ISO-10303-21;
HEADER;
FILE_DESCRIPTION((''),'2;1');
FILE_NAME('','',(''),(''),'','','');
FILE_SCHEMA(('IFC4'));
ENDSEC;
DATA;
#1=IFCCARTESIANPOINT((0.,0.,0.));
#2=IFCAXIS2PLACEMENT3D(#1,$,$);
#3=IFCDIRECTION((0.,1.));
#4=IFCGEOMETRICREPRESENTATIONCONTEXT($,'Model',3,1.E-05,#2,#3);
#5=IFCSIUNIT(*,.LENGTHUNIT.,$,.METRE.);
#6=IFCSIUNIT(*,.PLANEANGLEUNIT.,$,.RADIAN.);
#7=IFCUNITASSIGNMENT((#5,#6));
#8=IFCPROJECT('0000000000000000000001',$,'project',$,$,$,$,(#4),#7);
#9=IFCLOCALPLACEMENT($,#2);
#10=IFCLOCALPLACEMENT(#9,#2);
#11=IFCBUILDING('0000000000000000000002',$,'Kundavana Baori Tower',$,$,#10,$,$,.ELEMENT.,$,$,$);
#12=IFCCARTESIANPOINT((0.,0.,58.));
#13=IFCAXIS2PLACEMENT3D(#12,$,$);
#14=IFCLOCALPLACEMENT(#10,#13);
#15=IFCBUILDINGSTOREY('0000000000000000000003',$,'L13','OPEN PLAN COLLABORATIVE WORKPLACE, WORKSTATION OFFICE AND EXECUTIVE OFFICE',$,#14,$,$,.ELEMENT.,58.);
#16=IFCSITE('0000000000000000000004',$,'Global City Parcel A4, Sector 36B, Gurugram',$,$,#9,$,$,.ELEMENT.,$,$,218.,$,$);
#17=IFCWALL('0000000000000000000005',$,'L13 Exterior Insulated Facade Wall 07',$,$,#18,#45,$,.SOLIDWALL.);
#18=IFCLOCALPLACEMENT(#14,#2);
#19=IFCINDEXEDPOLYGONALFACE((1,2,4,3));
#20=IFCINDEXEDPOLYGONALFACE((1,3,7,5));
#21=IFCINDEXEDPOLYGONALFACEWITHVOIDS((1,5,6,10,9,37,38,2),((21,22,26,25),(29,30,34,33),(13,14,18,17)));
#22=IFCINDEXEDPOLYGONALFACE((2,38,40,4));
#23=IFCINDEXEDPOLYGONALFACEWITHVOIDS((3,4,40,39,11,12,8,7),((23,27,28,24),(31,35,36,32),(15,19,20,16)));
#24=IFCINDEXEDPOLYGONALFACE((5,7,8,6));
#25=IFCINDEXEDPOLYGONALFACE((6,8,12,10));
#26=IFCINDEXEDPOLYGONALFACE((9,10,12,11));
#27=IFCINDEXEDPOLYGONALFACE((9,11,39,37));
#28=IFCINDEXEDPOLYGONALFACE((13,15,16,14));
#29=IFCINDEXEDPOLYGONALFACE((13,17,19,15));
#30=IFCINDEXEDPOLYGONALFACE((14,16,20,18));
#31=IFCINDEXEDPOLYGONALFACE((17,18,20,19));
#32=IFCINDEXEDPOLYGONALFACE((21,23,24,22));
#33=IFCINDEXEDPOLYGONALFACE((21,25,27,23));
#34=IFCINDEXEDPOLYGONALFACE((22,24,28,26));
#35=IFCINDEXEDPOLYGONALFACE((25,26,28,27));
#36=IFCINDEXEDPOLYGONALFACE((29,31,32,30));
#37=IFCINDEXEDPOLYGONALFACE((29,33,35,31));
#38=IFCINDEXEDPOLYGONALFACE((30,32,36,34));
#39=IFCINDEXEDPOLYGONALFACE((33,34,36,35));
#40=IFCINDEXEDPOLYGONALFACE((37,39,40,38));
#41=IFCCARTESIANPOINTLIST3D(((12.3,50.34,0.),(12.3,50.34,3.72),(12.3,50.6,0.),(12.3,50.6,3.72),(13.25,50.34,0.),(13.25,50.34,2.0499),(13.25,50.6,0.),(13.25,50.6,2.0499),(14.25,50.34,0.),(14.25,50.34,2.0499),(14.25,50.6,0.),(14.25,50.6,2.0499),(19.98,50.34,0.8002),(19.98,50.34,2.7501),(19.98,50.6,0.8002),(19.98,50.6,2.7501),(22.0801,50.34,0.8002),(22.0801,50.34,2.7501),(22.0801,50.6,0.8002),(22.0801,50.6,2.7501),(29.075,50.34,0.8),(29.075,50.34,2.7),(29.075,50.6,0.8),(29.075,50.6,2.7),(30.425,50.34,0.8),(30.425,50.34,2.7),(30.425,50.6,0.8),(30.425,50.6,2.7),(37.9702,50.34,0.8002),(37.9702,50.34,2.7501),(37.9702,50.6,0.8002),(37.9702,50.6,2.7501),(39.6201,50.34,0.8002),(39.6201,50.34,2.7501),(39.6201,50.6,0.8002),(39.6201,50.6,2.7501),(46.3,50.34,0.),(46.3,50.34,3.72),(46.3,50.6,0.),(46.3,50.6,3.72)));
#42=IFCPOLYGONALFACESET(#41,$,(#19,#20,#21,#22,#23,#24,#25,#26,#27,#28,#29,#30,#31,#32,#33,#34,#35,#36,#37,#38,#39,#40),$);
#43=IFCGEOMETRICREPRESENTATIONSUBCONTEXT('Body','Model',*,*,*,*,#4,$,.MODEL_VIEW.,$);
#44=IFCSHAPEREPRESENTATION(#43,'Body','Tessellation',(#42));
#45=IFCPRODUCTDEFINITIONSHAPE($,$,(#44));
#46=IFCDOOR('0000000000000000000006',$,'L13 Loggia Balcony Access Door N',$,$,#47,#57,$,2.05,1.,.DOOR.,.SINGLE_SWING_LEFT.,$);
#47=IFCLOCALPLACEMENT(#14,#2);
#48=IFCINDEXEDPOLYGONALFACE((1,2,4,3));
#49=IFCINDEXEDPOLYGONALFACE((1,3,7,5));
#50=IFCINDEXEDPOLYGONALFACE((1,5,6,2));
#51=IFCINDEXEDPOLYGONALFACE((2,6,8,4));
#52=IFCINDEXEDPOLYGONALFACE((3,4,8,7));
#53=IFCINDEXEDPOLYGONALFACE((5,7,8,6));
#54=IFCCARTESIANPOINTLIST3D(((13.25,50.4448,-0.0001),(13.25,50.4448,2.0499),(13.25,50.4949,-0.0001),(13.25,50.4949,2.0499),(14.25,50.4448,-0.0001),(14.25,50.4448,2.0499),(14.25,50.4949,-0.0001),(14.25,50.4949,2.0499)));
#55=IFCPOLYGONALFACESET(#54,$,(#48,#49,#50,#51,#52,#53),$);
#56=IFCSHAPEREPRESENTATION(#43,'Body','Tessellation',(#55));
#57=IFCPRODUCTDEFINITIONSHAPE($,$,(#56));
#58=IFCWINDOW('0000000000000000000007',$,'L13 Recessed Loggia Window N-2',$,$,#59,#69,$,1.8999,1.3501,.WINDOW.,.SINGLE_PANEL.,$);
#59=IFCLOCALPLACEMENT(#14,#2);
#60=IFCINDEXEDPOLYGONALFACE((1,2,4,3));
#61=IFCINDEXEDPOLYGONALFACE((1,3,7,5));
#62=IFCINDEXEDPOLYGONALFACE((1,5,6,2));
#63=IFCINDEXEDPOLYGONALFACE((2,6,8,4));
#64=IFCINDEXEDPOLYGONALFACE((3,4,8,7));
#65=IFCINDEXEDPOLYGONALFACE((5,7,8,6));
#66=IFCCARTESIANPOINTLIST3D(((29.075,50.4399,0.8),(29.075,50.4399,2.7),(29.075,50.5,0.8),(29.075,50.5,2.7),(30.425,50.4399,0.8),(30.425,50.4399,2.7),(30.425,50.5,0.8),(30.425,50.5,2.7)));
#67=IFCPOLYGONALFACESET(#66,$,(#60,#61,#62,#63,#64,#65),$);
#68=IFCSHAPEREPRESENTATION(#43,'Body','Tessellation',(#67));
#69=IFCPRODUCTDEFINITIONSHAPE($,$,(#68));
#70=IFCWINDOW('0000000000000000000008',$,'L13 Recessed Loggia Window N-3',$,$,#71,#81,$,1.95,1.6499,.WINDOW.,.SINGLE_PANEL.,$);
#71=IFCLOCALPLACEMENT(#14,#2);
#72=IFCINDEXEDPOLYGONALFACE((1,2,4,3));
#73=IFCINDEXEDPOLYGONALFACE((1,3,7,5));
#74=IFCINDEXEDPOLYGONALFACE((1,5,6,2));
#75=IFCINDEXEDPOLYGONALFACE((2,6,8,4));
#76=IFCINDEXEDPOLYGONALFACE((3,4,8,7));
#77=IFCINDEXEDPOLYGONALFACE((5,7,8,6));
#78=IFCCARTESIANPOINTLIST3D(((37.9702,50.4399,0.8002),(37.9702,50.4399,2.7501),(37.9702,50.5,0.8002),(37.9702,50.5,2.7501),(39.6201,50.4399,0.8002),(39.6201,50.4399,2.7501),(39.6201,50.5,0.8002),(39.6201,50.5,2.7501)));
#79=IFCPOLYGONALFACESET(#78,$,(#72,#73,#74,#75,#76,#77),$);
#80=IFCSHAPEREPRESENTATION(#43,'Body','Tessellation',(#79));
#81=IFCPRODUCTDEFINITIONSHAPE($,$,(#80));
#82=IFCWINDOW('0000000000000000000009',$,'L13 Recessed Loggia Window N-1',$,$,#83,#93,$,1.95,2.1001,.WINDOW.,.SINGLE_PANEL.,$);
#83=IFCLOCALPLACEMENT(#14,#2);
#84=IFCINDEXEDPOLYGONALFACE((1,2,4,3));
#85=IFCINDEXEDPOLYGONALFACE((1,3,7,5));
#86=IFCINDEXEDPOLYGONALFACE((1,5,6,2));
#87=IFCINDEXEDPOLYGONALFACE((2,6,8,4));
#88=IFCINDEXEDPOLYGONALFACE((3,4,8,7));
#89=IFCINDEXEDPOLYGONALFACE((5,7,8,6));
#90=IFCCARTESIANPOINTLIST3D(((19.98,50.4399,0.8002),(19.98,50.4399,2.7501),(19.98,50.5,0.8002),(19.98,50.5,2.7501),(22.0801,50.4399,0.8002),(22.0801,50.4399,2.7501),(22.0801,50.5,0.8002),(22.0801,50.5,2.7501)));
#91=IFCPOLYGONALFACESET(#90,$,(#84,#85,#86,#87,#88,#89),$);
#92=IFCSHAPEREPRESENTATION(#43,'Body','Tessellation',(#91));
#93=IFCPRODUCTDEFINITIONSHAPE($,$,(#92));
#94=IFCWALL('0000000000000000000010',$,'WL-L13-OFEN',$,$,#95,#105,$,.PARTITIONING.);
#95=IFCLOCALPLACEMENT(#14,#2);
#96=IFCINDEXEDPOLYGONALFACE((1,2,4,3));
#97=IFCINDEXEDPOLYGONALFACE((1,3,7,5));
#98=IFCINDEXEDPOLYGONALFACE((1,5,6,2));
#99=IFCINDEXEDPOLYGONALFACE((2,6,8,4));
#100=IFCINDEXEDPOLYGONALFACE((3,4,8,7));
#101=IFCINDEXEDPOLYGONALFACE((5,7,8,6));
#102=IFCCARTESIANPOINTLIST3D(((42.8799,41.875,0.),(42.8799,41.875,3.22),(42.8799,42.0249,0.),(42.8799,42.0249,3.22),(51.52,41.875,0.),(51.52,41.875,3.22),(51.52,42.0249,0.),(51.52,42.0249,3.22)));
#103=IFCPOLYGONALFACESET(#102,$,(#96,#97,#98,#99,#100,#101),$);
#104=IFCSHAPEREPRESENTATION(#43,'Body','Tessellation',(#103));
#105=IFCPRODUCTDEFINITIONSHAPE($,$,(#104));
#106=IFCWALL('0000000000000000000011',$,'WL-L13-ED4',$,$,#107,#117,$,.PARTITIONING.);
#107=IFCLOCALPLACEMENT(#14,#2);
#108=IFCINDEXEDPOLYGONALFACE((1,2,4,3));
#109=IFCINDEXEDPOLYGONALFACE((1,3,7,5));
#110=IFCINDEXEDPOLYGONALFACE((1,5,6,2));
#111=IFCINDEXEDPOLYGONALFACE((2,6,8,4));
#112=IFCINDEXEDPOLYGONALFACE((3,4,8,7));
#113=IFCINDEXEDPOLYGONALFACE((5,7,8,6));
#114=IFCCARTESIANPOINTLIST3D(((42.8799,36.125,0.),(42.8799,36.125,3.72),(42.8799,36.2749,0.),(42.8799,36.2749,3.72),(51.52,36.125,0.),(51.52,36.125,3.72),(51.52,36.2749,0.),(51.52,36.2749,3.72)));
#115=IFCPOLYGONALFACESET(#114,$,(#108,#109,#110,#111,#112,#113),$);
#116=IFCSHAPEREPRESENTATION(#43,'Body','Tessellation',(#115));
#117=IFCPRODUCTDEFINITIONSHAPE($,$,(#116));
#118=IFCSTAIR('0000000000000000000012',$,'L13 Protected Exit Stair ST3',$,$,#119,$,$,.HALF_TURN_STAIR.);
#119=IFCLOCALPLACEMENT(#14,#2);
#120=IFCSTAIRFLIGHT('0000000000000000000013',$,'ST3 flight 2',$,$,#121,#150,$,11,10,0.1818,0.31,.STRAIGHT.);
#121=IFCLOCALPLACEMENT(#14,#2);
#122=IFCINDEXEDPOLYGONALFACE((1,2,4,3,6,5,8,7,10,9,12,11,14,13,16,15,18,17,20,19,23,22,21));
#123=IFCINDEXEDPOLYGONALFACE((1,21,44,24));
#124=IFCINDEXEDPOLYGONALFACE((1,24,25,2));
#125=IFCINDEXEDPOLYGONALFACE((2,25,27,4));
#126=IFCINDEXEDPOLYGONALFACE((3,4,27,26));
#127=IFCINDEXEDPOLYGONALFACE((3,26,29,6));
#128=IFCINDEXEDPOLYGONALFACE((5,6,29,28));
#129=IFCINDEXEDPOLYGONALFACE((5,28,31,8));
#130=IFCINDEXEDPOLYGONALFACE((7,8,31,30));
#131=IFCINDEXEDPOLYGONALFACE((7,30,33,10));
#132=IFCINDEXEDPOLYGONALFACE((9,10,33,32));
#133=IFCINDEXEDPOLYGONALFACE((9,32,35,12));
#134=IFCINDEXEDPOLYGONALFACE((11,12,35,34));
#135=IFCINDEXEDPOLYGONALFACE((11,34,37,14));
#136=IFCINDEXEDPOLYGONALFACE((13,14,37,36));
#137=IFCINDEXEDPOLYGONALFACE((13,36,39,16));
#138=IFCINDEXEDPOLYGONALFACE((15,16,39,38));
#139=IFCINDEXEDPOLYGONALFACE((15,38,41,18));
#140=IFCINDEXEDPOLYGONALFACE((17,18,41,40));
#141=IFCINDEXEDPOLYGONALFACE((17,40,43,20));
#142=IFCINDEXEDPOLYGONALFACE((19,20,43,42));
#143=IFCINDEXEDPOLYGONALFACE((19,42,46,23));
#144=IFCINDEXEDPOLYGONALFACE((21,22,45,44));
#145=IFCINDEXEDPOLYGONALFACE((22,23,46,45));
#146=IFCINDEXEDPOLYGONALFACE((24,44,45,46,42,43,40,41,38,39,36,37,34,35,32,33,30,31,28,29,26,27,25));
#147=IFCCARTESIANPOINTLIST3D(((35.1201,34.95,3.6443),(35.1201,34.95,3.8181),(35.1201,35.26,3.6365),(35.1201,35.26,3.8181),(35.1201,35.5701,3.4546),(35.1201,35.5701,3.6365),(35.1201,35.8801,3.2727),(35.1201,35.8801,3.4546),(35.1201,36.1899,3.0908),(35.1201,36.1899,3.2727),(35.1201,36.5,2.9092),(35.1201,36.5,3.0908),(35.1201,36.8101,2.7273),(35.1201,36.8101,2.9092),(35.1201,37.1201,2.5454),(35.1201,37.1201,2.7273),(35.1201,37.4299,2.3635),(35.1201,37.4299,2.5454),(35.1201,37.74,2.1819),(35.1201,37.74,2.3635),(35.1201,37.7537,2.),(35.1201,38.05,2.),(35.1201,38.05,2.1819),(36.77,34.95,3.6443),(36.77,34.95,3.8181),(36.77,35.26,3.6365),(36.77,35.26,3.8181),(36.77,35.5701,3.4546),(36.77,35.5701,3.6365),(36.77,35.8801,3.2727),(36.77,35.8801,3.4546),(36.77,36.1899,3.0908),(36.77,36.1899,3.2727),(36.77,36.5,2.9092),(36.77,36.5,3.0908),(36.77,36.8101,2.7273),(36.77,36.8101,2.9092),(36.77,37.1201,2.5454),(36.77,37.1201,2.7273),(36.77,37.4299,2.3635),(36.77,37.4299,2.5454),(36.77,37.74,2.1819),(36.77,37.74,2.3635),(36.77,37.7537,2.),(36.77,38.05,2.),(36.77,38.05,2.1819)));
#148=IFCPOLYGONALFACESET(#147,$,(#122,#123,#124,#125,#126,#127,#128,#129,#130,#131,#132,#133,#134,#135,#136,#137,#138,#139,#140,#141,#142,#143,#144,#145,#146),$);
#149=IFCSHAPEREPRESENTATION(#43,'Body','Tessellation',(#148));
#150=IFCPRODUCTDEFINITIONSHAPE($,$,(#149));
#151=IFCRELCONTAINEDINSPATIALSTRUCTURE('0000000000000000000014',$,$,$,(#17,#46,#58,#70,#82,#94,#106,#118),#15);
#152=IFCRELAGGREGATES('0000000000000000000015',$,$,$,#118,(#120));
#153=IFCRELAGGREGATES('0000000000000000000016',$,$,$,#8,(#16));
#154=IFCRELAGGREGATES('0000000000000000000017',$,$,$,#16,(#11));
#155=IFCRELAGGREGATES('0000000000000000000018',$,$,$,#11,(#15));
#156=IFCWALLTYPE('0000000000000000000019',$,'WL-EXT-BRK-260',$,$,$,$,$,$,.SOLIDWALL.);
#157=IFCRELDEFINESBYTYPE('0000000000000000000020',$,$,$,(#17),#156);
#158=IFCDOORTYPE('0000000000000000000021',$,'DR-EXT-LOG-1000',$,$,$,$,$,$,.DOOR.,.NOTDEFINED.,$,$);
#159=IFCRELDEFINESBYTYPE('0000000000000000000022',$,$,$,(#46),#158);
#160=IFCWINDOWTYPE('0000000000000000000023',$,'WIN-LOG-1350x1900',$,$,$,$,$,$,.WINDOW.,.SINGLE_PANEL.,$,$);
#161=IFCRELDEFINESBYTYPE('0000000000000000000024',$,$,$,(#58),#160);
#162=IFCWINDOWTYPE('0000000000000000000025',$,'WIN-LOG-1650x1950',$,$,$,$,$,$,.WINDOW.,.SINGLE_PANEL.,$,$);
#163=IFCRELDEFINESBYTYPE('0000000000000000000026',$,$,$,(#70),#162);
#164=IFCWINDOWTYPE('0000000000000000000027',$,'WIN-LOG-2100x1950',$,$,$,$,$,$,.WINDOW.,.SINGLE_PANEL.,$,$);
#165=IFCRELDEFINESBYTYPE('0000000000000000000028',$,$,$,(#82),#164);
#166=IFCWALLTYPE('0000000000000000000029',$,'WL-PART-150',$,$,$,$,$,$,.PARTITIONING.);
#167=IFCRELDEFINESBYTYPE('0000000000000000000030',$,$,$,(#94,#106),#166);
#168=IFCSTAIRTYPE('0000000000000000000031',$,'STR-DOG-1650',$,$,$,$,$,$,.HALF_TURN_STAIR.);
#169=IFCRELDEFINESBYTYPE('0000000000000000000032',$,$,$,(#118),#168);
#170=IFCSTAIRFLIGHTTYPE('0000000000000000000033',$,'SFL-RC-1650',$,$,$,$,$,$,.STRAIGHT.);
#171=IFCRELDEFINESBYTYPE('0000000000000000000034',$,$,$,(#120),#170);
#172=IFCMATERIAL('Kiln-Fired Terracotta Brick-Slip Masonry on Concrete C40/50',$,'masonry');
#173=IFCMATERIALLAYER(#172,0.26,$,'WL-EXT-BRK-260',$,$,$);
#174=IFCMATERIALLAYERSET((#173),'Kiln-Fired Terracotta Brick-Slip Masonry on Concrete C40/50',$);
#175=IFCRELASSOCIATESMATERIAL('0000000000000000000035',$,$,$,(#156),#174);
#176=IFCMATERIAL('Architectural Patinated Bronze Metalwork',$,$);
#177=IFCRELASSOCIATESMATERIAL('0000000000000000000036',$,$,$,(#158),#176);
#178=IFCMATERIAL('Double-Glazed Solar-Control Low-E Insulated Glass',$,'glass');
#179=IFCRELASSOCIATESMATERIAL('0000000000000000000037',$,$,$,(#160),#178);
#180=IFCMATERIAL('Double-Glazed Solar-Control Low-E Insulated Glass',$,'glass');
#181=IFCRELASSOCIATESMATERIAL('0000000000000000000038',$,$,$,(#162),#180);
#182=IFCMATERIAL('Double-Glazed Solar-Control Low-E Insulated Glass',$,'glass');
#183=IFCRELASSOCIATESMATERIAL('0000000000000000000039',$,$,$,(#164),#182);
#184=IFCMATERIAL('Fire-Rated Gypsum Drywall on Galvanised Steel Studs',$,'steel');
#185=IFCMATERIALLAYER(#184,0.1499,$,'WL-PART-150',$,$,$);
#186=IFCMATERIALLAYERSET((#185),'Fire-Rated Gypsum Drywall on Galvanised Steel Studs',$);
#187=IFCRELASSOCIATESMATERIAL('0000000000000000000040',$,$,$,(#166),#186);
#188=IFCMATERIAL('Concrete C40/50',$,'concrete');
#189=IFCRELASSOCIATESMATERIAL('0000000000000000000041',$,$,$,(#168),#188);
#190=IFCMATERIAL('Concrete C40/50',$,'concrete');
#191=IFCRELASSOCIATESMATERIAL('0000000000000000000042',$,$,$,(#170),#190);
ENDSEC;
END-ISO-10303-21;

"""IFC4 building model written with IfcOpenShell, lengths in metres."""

from ifc_helpers import new_model, si_unit, direction, frame, frame_2d, origin, place, context, subcontext, project, spatial, polyline, rectangle, outline, extrude, material, layer, layer_set, type_object, element, fill, aggregate, save


model = new_model("IFC4")

# Units and contexts
model_context = context("Model", 3, precision=1e-05, world=origin(), true_north=direction((0.0, 1.0)))
body_context = subcontext(model_context, "Body", "Model", "MODEL_VIEW")
ifc_project = project(units=[si_unit("LENGTHUNIT", "METRE"), si_unit("PLANEANGLEUNIT", "RADIAN")], contexts=[model_context])

# Site, building, storey
site_placement = place(None, origin())
site = spatial("IfcSite", under=ifc_project, at=site_placement, Name="Global City Parcel A4, Sector 36B, Gurugram", CompositionType="ELEMENT", RefElevation=218.0)
building_placement = place(site_placement, origin())
building = spatial("IfcBuilding", under=site, at=building_placement, Name="Kundavana Baori Tower", CompositionType="ELEMENT")
storey_placement = place(building_placement, frame((0.0, 0.0, 58.0)))
storey = spatial("IfcBuildingStorey", under=building, at=storey_placement, Name="L13", Description="OPEN PLAN COLLABORATIVE WORKPLACE, WORKSTATION OFFICE AND EXECUTIVE OFFICE", CompositionType="ELEMENT", Elevation=58.0)

# Shared definitions
ifc_material_1 = material(Name="Kiln-Fired Terracotta Brick-Slip Masonry on Concrete C40/50", Category="masonry")
ifc_layer_1 = layer(ifc_material_1, 0.26, Name="WL-EXT-BRK-260")
ifc_layer_set_1 = layer_set([ifc_layer_1], Name="Kiln-Fired Terracotta Brick-Slip Masonry on Concrete C40/50")
wall_type_1 = type_object("IfcWallType", Name="WL-EXT-BRK-260", PredefinedType="SOLIDWALL", material=ifc_layer_set_1)

# Wall, openings, door, windows
wall_1_placement = place(storey_placement, frame((46.3, 50.47, 0.0), z_axis=(0.0, 0.0, 1.0), x_axis=(-1.0, 0.0, 0.0)))
wall_1 = element("IfcWall", 1, at=wall_1_placement, inside=storey, type_object=wall_type_1, Name="L13 Exterior Insulated Facade Wall 07", PredefinedType="SOLIDWALL", context=body_context, shape_type="SweptSolid", body=[
    extrude(rectangle(XDim=34.0, YDim=0.26, at=frame_2d((17.0, 0.0))), origin(), (0.0, 0.0, 1.0), 3.72),
])
opening_1_placement = place(wall_1_placement, frame((32.05, 0.0, 0.0)))
opening_1 = element("IfcOpeningElement", 2, at=opening_1_placement, cuts=wall_1, PredefinedType="OPENING", context=body_context, shape_type="SweptSolid", body=[
    extrude(rectangle(XDim=1.0, YDim=2.05, at=frame_2d((0.5, 1.0249))), frame((0.0, 0.1401, 0.0), z_axis=(0.0, -1.0, 0.0), x_axis=(1.0, 0.0, 0.0)), (0.0, 0.0, 1.0), 0.28),
])
opening_2_placement = place(wall_1_placement, frame((24.22, 0.0, 0.8)))
opening_2 = element("IfcOpeningElement", 3, at=opening_2_placement, cuts=wall_1, PredefinedType="OPENING", context=body_context, shape_type="SweptSolid", body=[
    extrude(rectangle(XDim=2.1001, YDim=1.95, at=frame_2d((1.05, 0.9751))), frame((0.0, 0.1401, 0.0), z_axis=(0.0, -1.0, 0.0), x_axis=(1.0, 0.0, 0.0)), (0.0, 0.0, 1.0), 0.28),
])
opening_3_placement = place(wall_1_placement, frame((15.875, 0.0, 0.8)))
opening_3 = element("IfcOpeningElement", 4, at=opening_3_placement, cuts=wall_1, PredefinedType="OPENING", context=body_context, shape_type="SweptSolid", body=[
    extrude(rectangle(XDim=1.3501, YDim=1.8999, at=frame_2d((0.675, 0.95))), frame((0.0, 0.1401, 0.0), z_axis=(0.0, -1.0, 0.0), x_axis=(1.0, 0.0, 0.0)), (0.0, 0.0, 1.0), 0.28),
])
opening_4_placement = place(wall_1_placement, frame((6.6799, 0.0, 0.8)))
opening_4 = element("IfcOpeningElement", 5, at=opening_4_placement, cuts=wall_1, PredefinedType="OPENING", context=body_context, shape_type="SweptSolid", body=[
    extrude(rectangle(XDim=1.6499, YDim=1.95, at=frame_2d((0.825, 0.9751))), frame((0.0, 0.1401, 0.0), z_axis=(0.0, -1.0, 0.0), x_axis=(1.0, 0.0, 0.0)), (0.0, 0.0, 1.0), 0.28),
])
ifc_material_2 = material(Name="Architectural Patinated Bronze Metalwork")
door_type = type_object("IfcDoorType", Name="DR-EXT-LOG-1000", OperationType="NOTDEFINED", PredefinedType="DOOR", material=ifc_material_2)
door_placement = place(opening_1_placement, frame((1.0, 0.0, 0.0), z_axis=(0.0, 0.0, 1.0), x_axis=(-1.0, 0.0, 0.0)))
door = element("IfcDoor", 6, at=door_placement, inside=storey, type_object=door_type, Name="L13 Loggia Balcony Access Door N", OperationType="SINGLE_SWING_LEFT", OverallHeight=2.05, OverallWidth=1.0, PredefinedType="DOOR", context=body_context, shape_type="SweptSolid", body=[
    extrude(rectangle(XDim=1.0, YDim=2.05, at=frame_2d((0.5, 1.0249))), frame((0.0, 0.0249, 0.0), z_axis=(0.0, -1.0, 0.0), x_axis=(1.0, 0.0, 0.0)), (0.0, 0.0, 1.0), 0.05),
])
fill(opening_1, door)
ifc_material_3 = material(Name="Double-Glazed Solar-Control Low-E Insulated Glass", Category="glass")
window_type_1 = type_object("IfcWindowType", Name="WIN-LOG-1350x1900", PartitioningType="SINGLE_PANEL", PredefinedType="WINDOW", material=ifc_material_3)
window_1_placement = place(opening_3_placement, origin())
window_1 = element("IfcWindow", 7, at=window_1_placement, inside=storey, type_object=window_type_1, Name="L13 Recessed Loggia Window N-2", OverallHeight=1.8999, OverallWidth=1.3501, PartitioningType="SINGLE_PANEL", PredefinedType="WINDOW", context=body_context, shape_type="SweptSolid", body=[
    extrude(rectangle(XDim=1.3501, YDim=1.8999, at=frame_2d((0.675, 0.95))), frame((0.0, 0.03, 0.0), z_axis=(0.0, -1.0, 0.0), x_axis=(1.0, 0.0, 0.0)), (0.0, 0.0, 1.0), 0.0601),
])
fill(opening_3, window_1)
ifc_material_4 = material(Name="Double-Glazed Solar-Control Low-E Insulated Glass", Category="glass")
window_type_2 = type_object("IfcWindowType", Name="WIN-LOG-1650x1950", PartitioningType="SINGLE_PANEL", PredefinedType="WINDOW", material=ifc_material_4)
window_2_placement = place(opening_4_placement, origin())
window_2 = element("IfcWindow", 8, at=window_2_placement, inside=storey, type_object=window_type_2, Name="L13 Recessed Loggia Window N-3", OverallHeight=1.95, OverallWidth=1.6499, PartitioningType="SINGLE_PANEL", PredefinedType="WINDOW", context=body_context, shape_type="SweptSolid", body=[
    extrude(rectangle(XDim=1.6499, YDim=1.95, at=frame_2d((0.825, 0.9751))), frame((0.0, 0.03, 0.0), z_axis=(0.0, -1.0, 0.0), x_axis=(1.0, 0.0, 0.0)), (0.0, 0.0, 1.0), 0.0601),
])
fill(opening_4, window_2)
ifc_material_5 = material(Name="Double-Glazed Solar-Control Low-E Insulated Glass", Category="glass")
window_type_3 = type_object("IfcWindowType", Name="WIN-LOG-2100x1950", PartitioningType="SINGLE_PANEL", PredefinedType="WINDOW", material=ifc_material_5)
window_3_placement = place(opening_2_placement, origin())
window_3 = element("IfcWindow", 9, at=window_3_placement, inside=storey, type_object=window_type_3, Name="L13 Recessed Loggia Window N-1", OverallHeight=1.95, OverallWidth=2.1001, PartitioningType="SINGLE_PANEL", PredefinedType="WINDOW", context=body_context, shape_type="SweptSolid", body=[
    extrude(rectangle(XDim=2.1001, YDim=1.95, at=frame_2d((1.05, 0.9751))), frame((0.0, 0.03, 0.0), z_axis=(0.0, -1.0, 0.0), x_axis=(1.0, 0.0, 0.0)), (0.0, 0.0, 1.0), 0.0601),
])
fill(opening_2, window_3)

# Walls
ifc_material_6 = material(Name="Fire-Rated Gypsum Drywall on Galvanised Steel Studs", Category="steel")
ifc_layer_2 = layer(ifc_material_6, 0.1499, Name="WL-PART-150")
ifc_layer_set_2 = layer_set([ifc_layer_2], Name="Fire-Rated Gypsum Drywall on Galvanised Steel Studs")
wall_type_2 = type_object("IfcWallType", Name="WL-PART-150", PredefinedType="PARTITIONING", material=ifc_layer_set_2)
wall_2_placement = place(storey_placement, frame((42.8799, 41.95, 0.0), z_axis=(0.0, 0.0, 1.0), x_axis=(1.0, 0.0, 0.0)))
element("IfcWall", 10, at=wall_2_placement, inside=storey, type_object=wall_type_2, Name="WL-L13-OFEN", PredefinedType="PARTITIONING", context=body_context, shape_type="SweptSolid", body=[
    extrude(rectangle(XDim=8.6401, YDim=0.1499, at=frame_2d((4.3201, 0.0))), origin(), (0.0, 0.0, 1.0), 3.22),
])
wall_3_placement = place(storey_placement, frame((42.8799, 36.2, 0.0), z_axis=(0.0, 0.0, 1.0), x_axis=(1.0, 0.0, 0.0)))
element("IfcWall", 11, at=wall_3_placement, inside=storey, type_object=wall_type_2, Name="WL-L13-ED4", PredefinedType="PARTITIONING", context=body_context, shape_type="SweptSolid", body=[
    extrude(rectangle(XDim=8.6401, YDim=0.1499, at=frame_2d((4.3201, 0.0))), origin(), (0.0, 0.0, 1.0), 3.72),
])

# Stair, stair flight
ifc_material_7 = material(Name="Concrete C40/50", Category="concrete")
stair_type = type_object("IfcStairType", Name="STR-DOG-1650", PredefinedType="HALF_TURN_STAIR", material=ifc_material_7)
stair_placement = place(storey_placement, origin())
stair = element("IfcStair", 12, at=stair_placement, inside=storey, type_object=stair_type, Name="L13 Protected Exit Stair ST3", PredefinedType="HALF_TURN_STAIR")
ifc_material_8 = material(Name="Concrete C40/50", Category="concrete")
stair_flight_type = type_object("IfcStairFlightType", Name="SFL-RC-1650", PredefinedType="STRAIGHT", material=ifc_material_8)
stair_flight_placement = place(storey_placement, frame((35.9451, 38.05, 2.0), z_axis=(0.0, 0.0, 1.0), x_axis=(0.0, -1.0, 0.0)))
stair_flight = element("IfcStairFlight", 13, at=stair_flight_placement, type_object=stair_flight_type, Name="ST3 flight 2", NumberOfRisers=11, NumberOfTreads=10, PredefinedType="STRAIGHT", RiserHeight=0.1818, TreadLength=0.31, context=body_context, shape_type="SweptSolid", body=[
    extrude(outline(polyline([(0.0, 0.0), (0.0, 0.1819), (0.3101, 0.1819), (0.3101, 0.3635), (0.6201, 0.3635), (0.6201, 0.5454), (0.9299, 0.5454), (0.9299, 0.7273), (1.24, 0.7273), (1.24, 0.9092), (1.55, 0.9092), (1.55, 1.0908), (1.8601, 1.0908), (1.8601, 1.2727), (2.1699, 1.2727), (2.1699, 1.4546), (2.48, 1.4546), (2.48, 1.6365), (2.79, 1.6365), (2.79, 1.8181), (3.1001, 1.8181), (3.1001, 2.0), (3.1001, 1.6443), (0.2964, 0.0), (0.0, 0.0)])), frame((0.0, 0.825, 0.0), z_axis=(0.0, -1.0, 0.0), x_axis=(1.0, 0.0, 0.0)), (0.0, 0.0, 1.0), 1.6499),
])
aggregate(stair, [stair_flight])

save(model, "model.ifc")
